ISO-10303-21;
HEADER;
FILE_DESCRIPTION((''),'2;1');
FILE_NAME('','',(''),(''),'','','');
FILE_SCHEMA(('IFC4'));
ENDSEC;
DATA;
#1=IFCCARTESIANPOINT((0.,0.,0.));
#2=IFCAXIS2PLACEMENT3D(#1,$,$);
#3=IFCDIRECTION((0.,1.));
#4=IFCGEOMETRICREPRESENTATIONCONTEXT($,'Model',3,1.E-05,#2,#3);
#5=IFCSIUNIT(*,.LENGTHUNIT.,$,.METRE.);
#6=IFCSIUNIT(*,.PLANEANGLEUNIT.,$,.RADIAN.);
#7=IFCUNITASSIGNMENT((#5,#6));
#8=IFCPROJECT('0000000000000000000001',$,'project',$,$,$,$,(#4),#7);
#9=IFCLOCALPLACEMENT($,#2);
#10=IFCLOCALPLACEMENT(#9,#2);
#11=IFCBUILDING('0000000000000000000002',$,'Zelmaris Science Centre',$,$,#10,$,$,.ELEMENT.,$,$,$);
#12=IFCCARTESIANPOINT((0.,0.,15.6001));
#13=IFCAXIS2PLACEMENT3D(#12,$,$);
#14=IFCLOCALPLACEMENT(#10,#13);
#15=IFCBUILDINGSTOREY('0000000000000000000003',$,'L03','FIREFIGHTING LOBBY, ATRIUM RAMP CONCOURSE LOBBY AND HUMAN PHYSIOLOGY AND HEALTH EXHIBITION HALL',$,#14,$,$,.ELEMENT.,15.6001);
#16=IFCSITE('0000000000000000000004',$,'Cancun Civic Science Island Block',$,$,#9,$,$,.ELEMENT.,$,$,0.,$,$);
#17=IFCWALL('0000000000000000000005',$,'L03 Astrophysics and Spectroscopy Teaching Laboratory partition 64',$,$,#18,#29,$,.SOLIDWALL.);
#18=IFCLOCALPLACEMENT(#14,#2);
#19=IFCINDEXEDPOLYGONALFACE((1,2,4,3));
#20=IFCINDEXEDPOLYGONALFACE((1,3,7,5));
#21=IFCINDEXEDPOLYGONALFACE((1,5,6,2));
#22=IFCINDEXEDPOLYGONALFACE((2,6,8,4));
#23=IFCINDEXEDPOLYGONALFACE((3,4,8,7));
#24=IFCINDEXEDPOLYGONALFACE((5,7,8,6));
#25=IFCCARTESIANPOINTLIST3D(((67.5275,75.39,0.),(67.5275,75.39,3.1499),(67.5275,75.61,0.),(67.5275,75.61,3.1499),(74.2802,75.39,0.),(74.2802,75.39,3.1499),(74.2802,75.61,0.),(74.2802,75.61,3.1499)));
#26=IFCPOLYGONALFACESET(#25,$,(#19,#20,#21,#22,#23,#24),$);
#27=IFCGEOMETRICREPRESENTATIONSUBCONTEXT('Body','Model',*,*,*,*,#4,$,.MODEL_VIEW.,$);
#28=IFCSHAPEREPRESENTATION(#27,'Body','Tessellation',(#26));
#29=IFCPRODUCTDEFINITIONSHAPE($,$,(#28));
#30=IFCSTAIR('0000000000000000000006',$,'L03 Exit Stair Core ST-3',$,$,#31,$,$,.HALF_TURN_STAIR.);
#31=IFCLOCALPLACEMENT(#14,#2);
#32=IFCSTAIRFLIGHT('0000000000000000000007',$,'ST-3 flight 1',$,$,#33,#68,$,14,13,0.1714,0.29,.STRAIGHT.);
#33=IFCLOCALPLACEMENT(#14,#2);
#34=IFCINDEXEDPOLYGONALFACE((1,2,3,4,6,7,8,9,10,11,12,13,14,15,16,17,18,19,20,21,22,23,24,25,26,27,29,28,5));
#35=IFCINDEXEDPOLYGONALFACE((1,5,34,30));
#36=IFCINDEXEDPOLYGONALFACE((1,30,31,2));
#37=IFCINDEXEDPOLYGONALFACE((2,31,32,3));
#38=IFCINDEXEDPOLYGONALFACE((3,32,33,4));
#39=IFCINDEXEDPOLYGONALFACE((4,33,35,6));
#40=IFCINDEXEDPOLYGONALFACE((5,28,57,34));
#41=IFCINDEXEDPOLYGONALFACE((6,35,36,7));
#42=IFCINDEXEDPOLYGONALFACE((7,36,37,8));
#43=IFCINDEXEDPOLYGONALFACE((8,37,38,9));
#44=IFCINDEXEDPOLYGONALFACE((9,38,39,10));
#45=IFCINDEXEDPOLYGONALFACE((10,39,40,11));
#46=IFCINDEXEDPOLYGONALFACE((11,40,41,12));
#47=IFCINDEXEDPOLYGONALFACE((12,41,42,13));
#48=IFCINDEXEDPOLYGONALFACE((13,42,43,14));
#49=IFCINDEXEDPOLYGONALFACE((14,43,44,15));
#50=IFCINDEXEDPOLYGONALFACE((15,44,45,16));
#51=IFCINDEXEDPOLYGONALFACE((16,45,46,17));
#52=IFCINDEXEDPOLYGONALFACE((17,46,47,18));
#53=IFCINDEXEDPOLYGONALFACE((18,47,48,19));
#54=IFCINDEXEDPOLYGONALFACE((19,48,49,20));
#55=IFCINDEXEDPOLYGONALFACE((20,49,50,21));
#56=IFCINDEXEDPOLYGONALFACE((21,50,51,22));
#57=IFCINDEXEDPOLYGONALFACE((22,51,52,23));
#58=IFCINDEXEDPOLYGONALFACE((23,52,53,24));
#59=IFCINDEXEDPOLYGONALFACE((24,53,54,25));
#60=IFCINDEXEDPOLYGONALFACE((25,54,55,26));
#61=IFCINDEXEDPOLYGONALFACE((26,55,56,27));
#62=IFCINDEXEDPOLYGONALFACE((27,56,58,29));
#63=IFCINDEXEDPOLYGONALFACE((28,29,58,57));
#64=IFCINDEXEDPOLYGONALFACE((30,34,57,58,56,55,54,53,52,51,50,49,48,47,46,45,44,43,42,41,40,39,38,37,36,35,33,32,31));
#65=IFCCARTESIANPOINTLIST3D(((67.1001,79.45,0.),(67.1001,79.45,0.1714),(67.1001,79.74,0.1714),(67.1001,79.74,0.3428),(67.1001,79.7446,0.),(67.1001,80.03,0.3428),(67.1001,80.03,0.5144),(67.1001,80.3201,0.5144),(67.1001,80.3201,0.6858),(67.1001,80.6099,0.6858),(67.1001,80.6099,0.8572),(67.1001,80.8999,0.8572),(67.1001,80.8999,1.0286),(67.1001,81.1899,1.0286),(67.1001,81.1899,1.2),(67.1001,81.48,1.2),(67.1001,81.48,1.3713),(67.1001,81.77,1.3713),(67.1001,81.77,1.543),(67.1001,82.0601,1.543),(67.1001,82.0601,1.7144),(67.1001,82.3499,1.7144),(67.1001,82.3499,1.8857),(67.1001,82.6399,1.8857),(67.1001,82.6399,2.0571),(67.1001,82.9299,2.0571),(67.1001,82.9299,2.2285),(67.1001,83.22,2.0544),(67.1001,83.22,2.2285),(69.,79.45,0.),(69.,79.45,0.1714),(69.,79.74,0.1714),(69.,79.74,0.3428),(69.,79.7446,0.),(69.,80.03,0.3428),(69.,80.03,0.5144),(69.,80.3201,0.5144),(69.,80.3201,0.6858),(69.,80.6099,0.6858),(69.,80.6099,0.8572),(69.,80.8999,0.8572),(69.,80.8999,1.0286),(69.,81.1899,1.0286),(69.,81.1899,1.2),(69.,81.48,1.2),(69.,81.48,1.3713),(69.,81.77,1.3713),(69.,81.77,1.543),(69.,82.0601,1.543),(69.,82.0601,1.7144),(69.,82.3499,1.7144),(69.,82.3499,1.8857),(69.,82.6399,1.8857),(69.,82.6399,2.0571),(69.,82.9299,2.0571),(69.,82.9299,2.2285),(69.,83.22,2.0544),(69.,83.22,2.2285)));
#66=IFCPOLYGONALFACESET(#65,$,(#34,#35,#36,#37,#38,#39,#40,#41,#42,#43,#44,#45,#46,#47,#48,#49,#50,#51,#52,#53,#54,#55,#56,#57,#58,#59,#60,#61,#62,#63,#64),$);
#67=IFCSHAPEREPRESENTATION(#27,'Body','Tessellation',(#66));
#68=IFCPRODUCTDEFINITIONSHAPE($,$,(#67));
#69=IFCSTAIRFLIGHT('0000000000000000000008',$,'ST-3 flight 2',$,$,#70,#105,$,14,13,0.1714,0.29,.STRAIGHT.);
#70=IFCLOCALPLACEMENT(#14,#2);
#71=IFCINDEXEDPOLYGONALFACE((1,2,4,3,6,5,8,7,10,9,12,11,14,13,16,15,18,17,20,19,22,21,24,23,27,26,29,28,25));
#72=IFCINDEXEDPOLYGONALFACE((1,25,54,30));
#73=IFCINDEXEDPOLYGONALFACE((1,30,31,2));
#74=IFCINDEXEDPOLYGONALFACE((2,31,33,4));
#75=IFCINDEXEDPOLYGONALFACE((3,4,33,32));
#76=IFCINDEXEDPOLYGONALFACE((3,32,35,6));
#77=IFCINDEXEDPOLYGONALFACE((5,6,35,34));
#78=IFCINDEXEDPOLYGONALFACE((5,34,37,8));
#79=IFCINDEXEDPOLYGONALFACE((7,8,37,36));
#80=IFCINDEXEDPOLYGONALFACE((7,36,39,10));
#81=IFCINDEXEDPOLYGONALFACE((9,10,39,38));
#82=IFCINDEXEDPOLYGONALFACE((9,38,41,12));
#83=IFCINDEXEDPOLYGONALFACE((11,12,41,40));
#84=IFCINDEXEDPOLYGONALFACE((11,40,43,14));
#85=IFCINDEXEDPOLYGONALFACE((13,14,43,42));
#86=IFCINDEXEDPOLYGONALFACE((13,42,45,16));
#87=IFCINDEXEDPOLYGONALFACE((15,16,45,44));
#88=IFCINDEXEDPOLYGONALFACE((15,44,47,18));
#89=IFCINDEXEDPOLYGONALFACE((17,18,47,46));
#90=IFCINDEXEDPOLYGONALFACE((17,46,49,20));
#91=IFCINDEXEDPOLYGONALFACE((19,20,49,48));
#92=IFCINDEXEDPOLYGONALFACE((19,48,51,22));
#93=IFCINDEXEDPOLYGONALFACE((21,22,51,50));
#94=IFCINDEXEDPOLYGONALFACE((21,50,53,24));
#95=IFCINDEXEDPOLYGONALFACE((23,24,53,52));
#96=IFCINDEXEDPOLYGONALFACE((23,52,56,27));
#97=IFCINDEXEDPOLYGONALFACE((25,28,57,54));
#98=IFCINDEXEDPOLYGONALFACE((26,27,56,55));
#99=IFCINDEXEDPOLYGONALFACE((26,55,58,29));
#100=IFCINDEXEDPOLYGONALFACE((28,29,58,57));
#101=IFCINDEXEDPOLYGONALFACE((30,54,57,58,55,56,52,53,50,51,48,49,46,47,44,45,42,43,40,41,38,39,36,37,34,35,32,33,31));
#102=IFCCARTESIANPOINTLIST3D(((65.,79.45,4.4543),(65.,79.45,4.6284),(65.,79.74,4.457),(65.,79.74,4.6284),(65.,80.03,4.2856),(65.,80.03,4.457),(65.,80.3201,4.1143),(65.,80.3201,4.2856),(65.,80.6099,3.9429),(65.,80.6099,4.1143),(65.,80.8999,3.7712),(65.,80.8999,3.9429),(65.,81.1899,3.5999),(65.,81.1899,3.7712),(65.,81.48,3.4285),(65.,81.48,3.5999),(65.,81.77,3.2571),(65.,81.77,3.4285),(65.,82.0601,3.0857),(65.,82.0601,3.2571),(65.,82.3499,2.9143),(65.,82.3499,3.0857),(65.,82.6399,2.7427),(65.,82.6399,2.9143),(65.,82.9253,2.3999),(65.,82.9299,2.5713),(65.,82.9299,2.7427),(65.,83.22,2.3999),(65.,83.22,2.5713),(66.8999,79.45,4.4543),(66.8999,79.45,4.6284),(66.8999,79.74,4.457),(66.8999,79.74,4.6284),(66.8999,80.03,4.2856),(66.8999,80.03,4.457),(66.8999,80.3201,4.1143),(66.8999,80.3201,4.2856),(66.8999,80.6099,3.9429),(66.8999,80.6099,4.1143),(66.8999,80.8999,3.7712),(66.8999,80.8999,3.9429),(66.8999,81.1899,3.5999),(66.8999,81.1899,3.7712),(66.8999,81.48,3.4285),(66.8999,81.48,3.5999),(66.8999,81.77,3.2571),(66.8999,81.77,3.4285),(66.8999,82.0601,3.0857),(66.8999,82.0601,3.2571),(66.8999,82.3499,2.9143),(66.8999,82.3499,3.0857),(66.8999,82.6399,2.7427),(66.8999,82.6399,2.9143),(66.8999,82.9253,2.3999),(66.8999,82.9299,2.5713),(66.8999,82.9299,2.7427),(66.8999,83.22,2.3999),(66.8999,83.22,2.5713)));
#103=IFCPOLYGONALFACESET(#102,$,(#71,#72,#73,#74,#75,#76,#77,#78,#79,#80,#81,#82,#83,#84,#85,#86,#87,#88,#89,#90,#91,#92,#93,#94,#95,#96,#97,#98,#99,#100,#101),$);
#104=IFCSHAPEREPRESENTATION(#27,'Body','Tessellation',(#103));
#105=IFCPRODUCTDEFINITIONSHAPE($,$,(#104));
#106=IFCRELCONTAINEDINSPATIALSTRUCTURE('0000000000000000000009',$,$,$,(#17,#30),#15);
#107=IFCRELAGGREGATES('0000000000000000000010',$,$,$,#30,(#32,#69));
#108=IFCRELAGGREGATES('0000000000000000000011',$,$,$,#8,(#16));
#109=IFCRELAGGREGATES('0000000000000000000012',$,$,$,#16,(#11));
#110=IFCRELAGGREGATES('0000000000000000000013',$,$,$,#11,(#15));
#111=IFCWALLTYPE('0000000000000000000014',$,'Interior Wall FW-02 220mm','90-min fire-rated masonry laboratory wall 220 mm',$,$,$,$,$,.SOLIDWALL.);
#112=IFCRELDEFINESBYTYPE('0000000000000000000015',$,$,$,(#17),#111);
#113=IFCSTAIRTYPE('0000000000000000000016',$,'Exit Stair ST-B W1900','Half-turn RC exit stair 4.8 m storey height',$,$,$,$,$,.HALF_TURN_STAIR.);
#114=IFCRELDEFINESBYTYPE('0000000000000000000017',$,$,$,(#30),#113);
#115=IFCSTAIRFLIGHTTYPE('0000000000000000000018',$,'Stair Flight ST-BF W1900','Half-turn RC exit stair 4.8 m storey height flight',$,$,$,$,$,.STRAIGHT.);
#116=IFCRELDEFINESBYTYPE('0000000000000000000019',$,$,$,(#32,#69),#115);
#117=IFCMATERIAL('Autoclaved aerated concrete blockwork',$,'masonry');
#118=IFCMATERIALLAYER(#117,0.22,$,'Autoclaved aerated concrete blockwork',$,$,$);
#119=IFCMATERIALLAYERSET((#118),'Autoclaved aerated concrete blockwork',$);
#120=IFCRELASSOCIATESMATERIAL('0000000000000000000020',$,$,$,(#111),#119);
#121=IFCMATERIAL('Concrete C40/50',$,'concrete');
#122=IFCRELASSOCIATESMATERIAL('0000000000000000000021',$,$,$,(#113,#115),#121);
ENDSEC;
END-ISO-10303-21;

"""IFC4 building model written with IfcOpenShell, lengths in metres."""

from ifc_helpers import new_model, si_unit, direction, frame, frame_2d, origin, place, context, subcontext, project, spatial, polyline, rectangle, outline, extrude, material, layer, layer_set, type_object, element, aggregate, save


model = new_model("IFC4")

# Units and contexts
model_context = context("Model", 3, precision=1e-05, world=origin(), true_north=direction((0.0, 1.0)))
body_context = subcontext(model_context, "Body", "Model", "MODEL_VIEW")
ifc_project = project(units=[si_unit("LENGTHUNIT", "METRE"), si_unit("PLANEANGLEUNIT", "RADIAN")], contexts=[model_context])

# Site, building, storey
site_placement = place(None, origin())
site = spatial("IfcSite", under=ifc_project, at=site_placement, Name="Cancun Civic Science Island Block", CompositionType="ELEMENT", RefElevation=0.0)
building_placement = place(site_placement, origin())
building = spatial("IfcBuilding", under=site, at=building_placement, Name="Zelmaris Science Centre", CompositionType="ELEMENT")
storey_placement = place(building_placement, frame((0.0, 0.0, 15.6001)))
storey = spatial("IfcBuildingStorey", under=building, at=storey_placement, Name="L03", Description="FIREFIGHTING LOBBY, ATRIUM RAMP CONCOURSE LOBBY AND HUMAN PHYSIOLOGY AND HEALTH EXHIBITION HALL", CompositionType="ELEMENT", Elevation=15.6001)

# Shared definitions
ifc_material_1 = material(Name="Concrete C40/50", Category="concrete")

# Wall
ifc_material_2 = material(Name="Autoclaved aerated concrete blockwork", Category="masonry")
ifc_layer_1 = layer(ifc_material_2, 0.22, Name="Autoclaved aerated concrete blockwork")
ifc_layer_set_1 = layer_set([ifc_layer_1], Name="Autoclaved aerated concrete blockwork")
wall_type_1 = type_object("IfcWallType", Name="Interior Wall FW-02 220mm", Description="90-min fire-rated masonry laboratory wall 220 mm", PredefinedType="SOLIDWALL", material=ifc_layer_set_1)
wall_1_placement = place(storey_placement, frame((67.5273, 75.5, 0.0), z_axis=(0.0, 0.0, 1.0), x_axis=(1.0, 0.0, 0.0)))
element("IfcWall", 1, at=wall_1_placement, inside=storey, type_object=wall_type_1, Name="L03 Astrophysics and Spectroscopy Teaching Laboratory partition 64", PredefinedType="SOLIDWALL", context=body_context, shape_type="SweptSolid", body=[
    extrude(rectangle(XDim=6.7527, YDim=0.22, at=frame_2d((3.3765, 0.0))), origin(), (0.0, 0.0, 1.0), 3.1499),
])

# Stair, stair flights
stair_type = type_object("IfcStairType", Name="Exit Stair ST-B W1900", Description="Half-turn RC exit stair 4.8 m storey height", PredefinedType="HALF_TURN_STAIR", material=ifc_material_1)
stair_placement = place(storey_placement, origin())
stair = element("IfcStair", 2, at=stair_placement, inside=storey, type_object=stair_type, Name="L03 Exit Stair Core ST-3", PredefinedType="HALF_TURN_STAIR")
stair_flight_type = type_object("IfcStairFlightType", Name="Stair Flight ST-BF W1900", Description="Half-turn RC exit stair 4.8 m storey height flight", PredefinedType="STRAIGHT", material=ifc_material_1)
stair_flight_1_placement = place(storey_placement, frame((68.05, 79.45, 0.0), z_axis=(0.0, 0.0, 1.0), x_axis=(0.0, 1.0, 0.0)))
stair_flight_1 = element("IfcStairFlight", 3, at=stair_flight_1_placement, type_object=stair_flight_type, Name="ST-3 flight 1", NumberOfRisers=14, NumberOfTreads=13, PredefinedType="STRAIGHT", RiserHeight=0.1714, TreadLength=0.29, context=body_context, shape_type="SweptSolid", body=[
    extrude(outline(polyline([(0.0, 0.0), (0.0, 0.1714), (0.29, 0.1714), (0.29, 0.3428), (0.5801, 0.3428), (0.5801, 0.5144), (0.8701, 0.5144), (0.8701, 0.6858), (1.1599, 0.6858), (1.1599, 0.8572), (1.45, 0.8572), (1.45, 1.0286), (1.74, 1.0286), (1.74, 1.2), (2.03, 1.2), (2.03, 1.3713), (2.3201, 1.3713), (2.3201, 1.543), (2.6101, 1.543), (2.6101, 1.7144), (2.8999, 1.7144), (2.8999, 1.8857), (3.1899, 1.8857), (3.1899, 2.0571), (3.48, 2.0571), (3.48, 2.2285), (3.77, 2.2285), (3.77, 2.3999), (3.77, 2.0544), (0.2947, 0.0), (0.0, 0.0)])), frame((0.0, 0.95, 0.0), z_axis=(0.0, -1.0, 0.0), x_axis=(1.0, 0.0, 0.0)), (0.0, 0.0, 1.0), 1.8999),
])
stair_flight_2_placement = place(storey_placement, frame((65.95, 83.22, 2.3999), z_axis=(0.0, 0.0, 1.0), x_axis=(0.0, -1.0, 0.0)))
stair_flight_2 = element("IfcStairFlight", 4, at=stair_flight_2_placement, type_object=stair_flight_type, Name="ST-3 flight 2", NumberOfRisers=14, NumberOfTreads=13, PredefinedType="STRAIGHT", RiserHeight=0.1714, TreadLength=0.29, context=body_context, shape_type="SweptSolid", body=[
    extrude(outline(polyline([(0.0, 0.0), (0.0, 0.1714), (0.29, 0.1714), (0.29, 0.3428), (0.5801, 0.3428), (0.5801, 0.5144), (0.8701, 0.5144), (0.8701, 0.6858), (1.1599, 0.6858), (1.1599, 0.8572), (1.45, 0.8572), (1.45, 1.0286), (1.74, 1.0286), (1.74, 1.2), (2.03, 1.2), (2.03, 1.3713), (2.3201, 1.3713), (2.3201, 1.543), (2.6101, 1.543), (2.6101, 1.7144), (2.8999, 1.7144), (2.8999, 1.8857), (3.1899, 1.8857), (3.1899, 2.0571), (3.48, 2.0571), (3.48, 2.2285), (3.77, 2.2285), (3.77, 2.3999), (3.77, 2.0544), (0.2947, 0.0), (0.0, 0.0)])), frame((0.0, 0.95, 0.0), z_axis=(0.0, -1.0, 0.0), x_axis=(1.0, 0.0, 0.0)), (0.0, 0.0, 1.0), 1.8999),
])
aggregate(stair, [stair_flight_1, stair_flight_2])

save(model, "model.ifc")
